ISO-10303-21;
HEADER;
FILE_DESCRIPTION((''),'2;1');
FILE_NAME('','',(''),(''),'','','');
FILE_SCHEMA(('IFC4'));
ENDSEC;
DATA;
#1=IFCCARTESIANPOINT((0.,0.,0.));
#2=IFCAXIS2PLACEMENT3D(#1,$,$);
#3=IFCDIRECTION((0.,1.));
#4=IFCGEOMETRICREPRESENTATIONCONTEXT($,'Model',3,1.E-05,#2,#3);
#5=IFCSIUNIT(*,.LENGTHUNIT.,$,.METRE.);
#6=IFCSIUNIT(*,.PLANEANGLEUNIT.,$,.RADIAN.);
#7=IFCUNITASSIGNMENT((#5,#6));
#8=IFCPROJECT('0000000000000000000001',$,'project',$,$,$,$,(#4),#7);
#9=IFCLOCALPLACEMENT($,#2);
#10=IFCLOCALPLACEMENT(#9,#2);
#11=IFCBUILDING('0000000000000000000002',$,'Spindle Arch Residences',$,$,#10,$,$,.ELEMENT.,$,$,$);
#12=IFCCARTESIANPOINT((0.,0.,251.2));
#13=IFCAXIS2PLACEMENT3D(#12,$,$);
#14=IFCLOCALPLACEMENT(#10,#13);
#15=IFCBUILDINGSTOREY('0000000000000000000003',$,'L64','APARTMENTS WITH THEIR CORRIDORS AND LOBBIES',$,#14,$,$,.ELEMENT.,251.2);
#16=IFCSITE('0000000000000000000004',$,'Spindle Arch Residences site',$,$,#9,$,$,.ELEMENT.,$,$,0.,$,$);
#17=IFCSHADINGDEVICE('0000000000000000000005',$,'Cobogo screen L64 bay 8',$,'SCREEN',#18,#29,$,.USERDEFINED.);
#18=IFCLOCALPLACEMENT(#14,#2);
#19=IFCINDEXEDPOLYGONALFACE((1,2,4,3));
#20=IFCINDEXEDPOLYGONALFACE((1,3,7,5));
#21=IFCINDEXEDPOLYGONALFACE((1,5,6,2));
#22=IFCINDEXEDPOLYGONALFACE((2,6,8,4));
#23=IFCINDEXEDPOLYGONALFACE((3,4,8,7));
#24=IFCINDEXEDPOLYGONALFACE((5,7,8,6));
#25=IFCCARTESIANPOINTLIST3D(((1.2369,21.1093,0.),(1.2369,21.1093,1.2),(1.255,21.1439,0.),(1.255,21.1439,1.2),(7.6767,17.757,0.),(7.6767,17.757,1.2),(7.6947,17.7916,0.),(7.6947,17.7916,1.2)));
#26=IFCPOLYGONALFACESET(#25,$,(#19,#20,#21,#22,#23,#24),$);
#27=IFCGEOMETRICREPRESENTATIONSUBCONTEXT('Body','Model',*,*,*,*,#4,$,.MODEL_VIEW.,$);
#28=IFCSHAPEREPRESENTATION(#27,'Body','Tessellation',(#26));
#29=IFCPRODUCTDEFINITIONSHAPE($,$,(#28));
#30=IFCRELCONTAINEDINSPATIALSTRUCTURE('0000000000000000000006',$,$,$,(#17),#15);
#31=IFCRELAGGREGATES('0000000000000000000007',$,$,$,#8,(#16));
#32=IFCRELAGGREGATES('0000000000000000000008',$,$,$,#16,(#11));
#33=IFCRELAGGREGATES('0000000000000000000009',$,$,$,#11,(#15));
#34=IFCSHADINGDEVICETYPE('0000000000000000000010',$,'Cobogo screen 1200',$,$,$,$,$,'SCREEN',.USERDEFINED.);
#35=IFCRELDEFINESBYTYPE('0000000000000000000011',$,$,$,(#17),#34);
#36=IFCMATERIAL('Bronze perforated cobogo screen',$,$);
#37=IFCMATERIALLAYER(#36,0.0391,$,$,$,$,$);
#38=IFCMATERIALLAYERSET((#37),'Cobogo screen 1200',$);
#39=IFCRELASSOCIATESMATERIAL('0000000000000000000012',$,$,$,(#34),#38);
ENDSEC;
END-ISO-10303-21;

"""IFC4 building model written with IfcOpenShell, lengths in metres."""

from ifc_helpers import new_model, si_unit, direction, frame, origin, origin_2d, place, context, subcontext, project, spatial, rectangle, extrude, material, layer, layer_set, type_object, element, save


model = new_model("IFC4")

# Units and contexts
model_context = context("Model", 3, precision=1e-05, world=origin(), true_north=direction((0.0, 1.0)))
body_context = subcontext(model_context, "Body", "Model", "MODEL_VIEW")
ifc_project = project(units=[si_unit("LENGTHUNIT", "METRE"), si_unit("PLANEANGLEUNIT", "RADIAN")], contexts=[model_context])

# Site, building, storey
site_placement = place(None, origin())
site = spatial("IfcSite", under=ifc_project, at=site_placement, Name="Spindle Arch Residences site", CompositionType="ELEMENT", RefElevation=0.0)
building_placement = place(site_placement, origin())
building = spatial("IfcBuilding", under=site, at=building_placement, Name="Spindle Arch Residences", CompositionType="ELEMENT")
storey_placement = place(building_placement, frame((0.0, 0.0, 251.2)))
storey = spatial("IfcBuildingStorey", under=building, at=storey_placement, Name="L64", Description="APARTMENTS WITH THEIR CORRIDORS AND LOBBIES", CompositionType="ELEMENT", Elevation=251.2)

# Shading device
ifc_material_1 = material(Name="Bronze perforated cobogo screen")
ifc_layer_1 = layer(ifc_material_1, 0.0391)
ifc_layer_set_1 = layer_set([ifc_layer_1], Name="Cobogo screen 1200")
shading_device_type = type_object("IfcShadingDeviceType", Name="Cobogo screen 1200", ElementType="SCREEN", PredefinedType="USERDEFINED", material=ifc_layer_set_1)
shading_device_placement = place(storey_placement, frame((4.4658, 19.4504, 0.0), z_axis=(0.0, 0.0, 1.0), x_axis=(-0.887011, 0.461749, 0.0)))
element("IfcShadingDevice", 1, at=shading_device_placement, inside=storey, type_object=shading_device_type, Name="Cobogo screen L64 bay 8", ObjectType="SCREEN", PredefinedType="USERDEFINED", context=body_context, shape_type="SweptSolid", body=[
    extrude(rectangle(XDim=7.26, YDim=0.0391, at=origin_2d()), origin(), (0.0, 0.0, 1.0), 1.2),
])

save(model, "model.ifc")
